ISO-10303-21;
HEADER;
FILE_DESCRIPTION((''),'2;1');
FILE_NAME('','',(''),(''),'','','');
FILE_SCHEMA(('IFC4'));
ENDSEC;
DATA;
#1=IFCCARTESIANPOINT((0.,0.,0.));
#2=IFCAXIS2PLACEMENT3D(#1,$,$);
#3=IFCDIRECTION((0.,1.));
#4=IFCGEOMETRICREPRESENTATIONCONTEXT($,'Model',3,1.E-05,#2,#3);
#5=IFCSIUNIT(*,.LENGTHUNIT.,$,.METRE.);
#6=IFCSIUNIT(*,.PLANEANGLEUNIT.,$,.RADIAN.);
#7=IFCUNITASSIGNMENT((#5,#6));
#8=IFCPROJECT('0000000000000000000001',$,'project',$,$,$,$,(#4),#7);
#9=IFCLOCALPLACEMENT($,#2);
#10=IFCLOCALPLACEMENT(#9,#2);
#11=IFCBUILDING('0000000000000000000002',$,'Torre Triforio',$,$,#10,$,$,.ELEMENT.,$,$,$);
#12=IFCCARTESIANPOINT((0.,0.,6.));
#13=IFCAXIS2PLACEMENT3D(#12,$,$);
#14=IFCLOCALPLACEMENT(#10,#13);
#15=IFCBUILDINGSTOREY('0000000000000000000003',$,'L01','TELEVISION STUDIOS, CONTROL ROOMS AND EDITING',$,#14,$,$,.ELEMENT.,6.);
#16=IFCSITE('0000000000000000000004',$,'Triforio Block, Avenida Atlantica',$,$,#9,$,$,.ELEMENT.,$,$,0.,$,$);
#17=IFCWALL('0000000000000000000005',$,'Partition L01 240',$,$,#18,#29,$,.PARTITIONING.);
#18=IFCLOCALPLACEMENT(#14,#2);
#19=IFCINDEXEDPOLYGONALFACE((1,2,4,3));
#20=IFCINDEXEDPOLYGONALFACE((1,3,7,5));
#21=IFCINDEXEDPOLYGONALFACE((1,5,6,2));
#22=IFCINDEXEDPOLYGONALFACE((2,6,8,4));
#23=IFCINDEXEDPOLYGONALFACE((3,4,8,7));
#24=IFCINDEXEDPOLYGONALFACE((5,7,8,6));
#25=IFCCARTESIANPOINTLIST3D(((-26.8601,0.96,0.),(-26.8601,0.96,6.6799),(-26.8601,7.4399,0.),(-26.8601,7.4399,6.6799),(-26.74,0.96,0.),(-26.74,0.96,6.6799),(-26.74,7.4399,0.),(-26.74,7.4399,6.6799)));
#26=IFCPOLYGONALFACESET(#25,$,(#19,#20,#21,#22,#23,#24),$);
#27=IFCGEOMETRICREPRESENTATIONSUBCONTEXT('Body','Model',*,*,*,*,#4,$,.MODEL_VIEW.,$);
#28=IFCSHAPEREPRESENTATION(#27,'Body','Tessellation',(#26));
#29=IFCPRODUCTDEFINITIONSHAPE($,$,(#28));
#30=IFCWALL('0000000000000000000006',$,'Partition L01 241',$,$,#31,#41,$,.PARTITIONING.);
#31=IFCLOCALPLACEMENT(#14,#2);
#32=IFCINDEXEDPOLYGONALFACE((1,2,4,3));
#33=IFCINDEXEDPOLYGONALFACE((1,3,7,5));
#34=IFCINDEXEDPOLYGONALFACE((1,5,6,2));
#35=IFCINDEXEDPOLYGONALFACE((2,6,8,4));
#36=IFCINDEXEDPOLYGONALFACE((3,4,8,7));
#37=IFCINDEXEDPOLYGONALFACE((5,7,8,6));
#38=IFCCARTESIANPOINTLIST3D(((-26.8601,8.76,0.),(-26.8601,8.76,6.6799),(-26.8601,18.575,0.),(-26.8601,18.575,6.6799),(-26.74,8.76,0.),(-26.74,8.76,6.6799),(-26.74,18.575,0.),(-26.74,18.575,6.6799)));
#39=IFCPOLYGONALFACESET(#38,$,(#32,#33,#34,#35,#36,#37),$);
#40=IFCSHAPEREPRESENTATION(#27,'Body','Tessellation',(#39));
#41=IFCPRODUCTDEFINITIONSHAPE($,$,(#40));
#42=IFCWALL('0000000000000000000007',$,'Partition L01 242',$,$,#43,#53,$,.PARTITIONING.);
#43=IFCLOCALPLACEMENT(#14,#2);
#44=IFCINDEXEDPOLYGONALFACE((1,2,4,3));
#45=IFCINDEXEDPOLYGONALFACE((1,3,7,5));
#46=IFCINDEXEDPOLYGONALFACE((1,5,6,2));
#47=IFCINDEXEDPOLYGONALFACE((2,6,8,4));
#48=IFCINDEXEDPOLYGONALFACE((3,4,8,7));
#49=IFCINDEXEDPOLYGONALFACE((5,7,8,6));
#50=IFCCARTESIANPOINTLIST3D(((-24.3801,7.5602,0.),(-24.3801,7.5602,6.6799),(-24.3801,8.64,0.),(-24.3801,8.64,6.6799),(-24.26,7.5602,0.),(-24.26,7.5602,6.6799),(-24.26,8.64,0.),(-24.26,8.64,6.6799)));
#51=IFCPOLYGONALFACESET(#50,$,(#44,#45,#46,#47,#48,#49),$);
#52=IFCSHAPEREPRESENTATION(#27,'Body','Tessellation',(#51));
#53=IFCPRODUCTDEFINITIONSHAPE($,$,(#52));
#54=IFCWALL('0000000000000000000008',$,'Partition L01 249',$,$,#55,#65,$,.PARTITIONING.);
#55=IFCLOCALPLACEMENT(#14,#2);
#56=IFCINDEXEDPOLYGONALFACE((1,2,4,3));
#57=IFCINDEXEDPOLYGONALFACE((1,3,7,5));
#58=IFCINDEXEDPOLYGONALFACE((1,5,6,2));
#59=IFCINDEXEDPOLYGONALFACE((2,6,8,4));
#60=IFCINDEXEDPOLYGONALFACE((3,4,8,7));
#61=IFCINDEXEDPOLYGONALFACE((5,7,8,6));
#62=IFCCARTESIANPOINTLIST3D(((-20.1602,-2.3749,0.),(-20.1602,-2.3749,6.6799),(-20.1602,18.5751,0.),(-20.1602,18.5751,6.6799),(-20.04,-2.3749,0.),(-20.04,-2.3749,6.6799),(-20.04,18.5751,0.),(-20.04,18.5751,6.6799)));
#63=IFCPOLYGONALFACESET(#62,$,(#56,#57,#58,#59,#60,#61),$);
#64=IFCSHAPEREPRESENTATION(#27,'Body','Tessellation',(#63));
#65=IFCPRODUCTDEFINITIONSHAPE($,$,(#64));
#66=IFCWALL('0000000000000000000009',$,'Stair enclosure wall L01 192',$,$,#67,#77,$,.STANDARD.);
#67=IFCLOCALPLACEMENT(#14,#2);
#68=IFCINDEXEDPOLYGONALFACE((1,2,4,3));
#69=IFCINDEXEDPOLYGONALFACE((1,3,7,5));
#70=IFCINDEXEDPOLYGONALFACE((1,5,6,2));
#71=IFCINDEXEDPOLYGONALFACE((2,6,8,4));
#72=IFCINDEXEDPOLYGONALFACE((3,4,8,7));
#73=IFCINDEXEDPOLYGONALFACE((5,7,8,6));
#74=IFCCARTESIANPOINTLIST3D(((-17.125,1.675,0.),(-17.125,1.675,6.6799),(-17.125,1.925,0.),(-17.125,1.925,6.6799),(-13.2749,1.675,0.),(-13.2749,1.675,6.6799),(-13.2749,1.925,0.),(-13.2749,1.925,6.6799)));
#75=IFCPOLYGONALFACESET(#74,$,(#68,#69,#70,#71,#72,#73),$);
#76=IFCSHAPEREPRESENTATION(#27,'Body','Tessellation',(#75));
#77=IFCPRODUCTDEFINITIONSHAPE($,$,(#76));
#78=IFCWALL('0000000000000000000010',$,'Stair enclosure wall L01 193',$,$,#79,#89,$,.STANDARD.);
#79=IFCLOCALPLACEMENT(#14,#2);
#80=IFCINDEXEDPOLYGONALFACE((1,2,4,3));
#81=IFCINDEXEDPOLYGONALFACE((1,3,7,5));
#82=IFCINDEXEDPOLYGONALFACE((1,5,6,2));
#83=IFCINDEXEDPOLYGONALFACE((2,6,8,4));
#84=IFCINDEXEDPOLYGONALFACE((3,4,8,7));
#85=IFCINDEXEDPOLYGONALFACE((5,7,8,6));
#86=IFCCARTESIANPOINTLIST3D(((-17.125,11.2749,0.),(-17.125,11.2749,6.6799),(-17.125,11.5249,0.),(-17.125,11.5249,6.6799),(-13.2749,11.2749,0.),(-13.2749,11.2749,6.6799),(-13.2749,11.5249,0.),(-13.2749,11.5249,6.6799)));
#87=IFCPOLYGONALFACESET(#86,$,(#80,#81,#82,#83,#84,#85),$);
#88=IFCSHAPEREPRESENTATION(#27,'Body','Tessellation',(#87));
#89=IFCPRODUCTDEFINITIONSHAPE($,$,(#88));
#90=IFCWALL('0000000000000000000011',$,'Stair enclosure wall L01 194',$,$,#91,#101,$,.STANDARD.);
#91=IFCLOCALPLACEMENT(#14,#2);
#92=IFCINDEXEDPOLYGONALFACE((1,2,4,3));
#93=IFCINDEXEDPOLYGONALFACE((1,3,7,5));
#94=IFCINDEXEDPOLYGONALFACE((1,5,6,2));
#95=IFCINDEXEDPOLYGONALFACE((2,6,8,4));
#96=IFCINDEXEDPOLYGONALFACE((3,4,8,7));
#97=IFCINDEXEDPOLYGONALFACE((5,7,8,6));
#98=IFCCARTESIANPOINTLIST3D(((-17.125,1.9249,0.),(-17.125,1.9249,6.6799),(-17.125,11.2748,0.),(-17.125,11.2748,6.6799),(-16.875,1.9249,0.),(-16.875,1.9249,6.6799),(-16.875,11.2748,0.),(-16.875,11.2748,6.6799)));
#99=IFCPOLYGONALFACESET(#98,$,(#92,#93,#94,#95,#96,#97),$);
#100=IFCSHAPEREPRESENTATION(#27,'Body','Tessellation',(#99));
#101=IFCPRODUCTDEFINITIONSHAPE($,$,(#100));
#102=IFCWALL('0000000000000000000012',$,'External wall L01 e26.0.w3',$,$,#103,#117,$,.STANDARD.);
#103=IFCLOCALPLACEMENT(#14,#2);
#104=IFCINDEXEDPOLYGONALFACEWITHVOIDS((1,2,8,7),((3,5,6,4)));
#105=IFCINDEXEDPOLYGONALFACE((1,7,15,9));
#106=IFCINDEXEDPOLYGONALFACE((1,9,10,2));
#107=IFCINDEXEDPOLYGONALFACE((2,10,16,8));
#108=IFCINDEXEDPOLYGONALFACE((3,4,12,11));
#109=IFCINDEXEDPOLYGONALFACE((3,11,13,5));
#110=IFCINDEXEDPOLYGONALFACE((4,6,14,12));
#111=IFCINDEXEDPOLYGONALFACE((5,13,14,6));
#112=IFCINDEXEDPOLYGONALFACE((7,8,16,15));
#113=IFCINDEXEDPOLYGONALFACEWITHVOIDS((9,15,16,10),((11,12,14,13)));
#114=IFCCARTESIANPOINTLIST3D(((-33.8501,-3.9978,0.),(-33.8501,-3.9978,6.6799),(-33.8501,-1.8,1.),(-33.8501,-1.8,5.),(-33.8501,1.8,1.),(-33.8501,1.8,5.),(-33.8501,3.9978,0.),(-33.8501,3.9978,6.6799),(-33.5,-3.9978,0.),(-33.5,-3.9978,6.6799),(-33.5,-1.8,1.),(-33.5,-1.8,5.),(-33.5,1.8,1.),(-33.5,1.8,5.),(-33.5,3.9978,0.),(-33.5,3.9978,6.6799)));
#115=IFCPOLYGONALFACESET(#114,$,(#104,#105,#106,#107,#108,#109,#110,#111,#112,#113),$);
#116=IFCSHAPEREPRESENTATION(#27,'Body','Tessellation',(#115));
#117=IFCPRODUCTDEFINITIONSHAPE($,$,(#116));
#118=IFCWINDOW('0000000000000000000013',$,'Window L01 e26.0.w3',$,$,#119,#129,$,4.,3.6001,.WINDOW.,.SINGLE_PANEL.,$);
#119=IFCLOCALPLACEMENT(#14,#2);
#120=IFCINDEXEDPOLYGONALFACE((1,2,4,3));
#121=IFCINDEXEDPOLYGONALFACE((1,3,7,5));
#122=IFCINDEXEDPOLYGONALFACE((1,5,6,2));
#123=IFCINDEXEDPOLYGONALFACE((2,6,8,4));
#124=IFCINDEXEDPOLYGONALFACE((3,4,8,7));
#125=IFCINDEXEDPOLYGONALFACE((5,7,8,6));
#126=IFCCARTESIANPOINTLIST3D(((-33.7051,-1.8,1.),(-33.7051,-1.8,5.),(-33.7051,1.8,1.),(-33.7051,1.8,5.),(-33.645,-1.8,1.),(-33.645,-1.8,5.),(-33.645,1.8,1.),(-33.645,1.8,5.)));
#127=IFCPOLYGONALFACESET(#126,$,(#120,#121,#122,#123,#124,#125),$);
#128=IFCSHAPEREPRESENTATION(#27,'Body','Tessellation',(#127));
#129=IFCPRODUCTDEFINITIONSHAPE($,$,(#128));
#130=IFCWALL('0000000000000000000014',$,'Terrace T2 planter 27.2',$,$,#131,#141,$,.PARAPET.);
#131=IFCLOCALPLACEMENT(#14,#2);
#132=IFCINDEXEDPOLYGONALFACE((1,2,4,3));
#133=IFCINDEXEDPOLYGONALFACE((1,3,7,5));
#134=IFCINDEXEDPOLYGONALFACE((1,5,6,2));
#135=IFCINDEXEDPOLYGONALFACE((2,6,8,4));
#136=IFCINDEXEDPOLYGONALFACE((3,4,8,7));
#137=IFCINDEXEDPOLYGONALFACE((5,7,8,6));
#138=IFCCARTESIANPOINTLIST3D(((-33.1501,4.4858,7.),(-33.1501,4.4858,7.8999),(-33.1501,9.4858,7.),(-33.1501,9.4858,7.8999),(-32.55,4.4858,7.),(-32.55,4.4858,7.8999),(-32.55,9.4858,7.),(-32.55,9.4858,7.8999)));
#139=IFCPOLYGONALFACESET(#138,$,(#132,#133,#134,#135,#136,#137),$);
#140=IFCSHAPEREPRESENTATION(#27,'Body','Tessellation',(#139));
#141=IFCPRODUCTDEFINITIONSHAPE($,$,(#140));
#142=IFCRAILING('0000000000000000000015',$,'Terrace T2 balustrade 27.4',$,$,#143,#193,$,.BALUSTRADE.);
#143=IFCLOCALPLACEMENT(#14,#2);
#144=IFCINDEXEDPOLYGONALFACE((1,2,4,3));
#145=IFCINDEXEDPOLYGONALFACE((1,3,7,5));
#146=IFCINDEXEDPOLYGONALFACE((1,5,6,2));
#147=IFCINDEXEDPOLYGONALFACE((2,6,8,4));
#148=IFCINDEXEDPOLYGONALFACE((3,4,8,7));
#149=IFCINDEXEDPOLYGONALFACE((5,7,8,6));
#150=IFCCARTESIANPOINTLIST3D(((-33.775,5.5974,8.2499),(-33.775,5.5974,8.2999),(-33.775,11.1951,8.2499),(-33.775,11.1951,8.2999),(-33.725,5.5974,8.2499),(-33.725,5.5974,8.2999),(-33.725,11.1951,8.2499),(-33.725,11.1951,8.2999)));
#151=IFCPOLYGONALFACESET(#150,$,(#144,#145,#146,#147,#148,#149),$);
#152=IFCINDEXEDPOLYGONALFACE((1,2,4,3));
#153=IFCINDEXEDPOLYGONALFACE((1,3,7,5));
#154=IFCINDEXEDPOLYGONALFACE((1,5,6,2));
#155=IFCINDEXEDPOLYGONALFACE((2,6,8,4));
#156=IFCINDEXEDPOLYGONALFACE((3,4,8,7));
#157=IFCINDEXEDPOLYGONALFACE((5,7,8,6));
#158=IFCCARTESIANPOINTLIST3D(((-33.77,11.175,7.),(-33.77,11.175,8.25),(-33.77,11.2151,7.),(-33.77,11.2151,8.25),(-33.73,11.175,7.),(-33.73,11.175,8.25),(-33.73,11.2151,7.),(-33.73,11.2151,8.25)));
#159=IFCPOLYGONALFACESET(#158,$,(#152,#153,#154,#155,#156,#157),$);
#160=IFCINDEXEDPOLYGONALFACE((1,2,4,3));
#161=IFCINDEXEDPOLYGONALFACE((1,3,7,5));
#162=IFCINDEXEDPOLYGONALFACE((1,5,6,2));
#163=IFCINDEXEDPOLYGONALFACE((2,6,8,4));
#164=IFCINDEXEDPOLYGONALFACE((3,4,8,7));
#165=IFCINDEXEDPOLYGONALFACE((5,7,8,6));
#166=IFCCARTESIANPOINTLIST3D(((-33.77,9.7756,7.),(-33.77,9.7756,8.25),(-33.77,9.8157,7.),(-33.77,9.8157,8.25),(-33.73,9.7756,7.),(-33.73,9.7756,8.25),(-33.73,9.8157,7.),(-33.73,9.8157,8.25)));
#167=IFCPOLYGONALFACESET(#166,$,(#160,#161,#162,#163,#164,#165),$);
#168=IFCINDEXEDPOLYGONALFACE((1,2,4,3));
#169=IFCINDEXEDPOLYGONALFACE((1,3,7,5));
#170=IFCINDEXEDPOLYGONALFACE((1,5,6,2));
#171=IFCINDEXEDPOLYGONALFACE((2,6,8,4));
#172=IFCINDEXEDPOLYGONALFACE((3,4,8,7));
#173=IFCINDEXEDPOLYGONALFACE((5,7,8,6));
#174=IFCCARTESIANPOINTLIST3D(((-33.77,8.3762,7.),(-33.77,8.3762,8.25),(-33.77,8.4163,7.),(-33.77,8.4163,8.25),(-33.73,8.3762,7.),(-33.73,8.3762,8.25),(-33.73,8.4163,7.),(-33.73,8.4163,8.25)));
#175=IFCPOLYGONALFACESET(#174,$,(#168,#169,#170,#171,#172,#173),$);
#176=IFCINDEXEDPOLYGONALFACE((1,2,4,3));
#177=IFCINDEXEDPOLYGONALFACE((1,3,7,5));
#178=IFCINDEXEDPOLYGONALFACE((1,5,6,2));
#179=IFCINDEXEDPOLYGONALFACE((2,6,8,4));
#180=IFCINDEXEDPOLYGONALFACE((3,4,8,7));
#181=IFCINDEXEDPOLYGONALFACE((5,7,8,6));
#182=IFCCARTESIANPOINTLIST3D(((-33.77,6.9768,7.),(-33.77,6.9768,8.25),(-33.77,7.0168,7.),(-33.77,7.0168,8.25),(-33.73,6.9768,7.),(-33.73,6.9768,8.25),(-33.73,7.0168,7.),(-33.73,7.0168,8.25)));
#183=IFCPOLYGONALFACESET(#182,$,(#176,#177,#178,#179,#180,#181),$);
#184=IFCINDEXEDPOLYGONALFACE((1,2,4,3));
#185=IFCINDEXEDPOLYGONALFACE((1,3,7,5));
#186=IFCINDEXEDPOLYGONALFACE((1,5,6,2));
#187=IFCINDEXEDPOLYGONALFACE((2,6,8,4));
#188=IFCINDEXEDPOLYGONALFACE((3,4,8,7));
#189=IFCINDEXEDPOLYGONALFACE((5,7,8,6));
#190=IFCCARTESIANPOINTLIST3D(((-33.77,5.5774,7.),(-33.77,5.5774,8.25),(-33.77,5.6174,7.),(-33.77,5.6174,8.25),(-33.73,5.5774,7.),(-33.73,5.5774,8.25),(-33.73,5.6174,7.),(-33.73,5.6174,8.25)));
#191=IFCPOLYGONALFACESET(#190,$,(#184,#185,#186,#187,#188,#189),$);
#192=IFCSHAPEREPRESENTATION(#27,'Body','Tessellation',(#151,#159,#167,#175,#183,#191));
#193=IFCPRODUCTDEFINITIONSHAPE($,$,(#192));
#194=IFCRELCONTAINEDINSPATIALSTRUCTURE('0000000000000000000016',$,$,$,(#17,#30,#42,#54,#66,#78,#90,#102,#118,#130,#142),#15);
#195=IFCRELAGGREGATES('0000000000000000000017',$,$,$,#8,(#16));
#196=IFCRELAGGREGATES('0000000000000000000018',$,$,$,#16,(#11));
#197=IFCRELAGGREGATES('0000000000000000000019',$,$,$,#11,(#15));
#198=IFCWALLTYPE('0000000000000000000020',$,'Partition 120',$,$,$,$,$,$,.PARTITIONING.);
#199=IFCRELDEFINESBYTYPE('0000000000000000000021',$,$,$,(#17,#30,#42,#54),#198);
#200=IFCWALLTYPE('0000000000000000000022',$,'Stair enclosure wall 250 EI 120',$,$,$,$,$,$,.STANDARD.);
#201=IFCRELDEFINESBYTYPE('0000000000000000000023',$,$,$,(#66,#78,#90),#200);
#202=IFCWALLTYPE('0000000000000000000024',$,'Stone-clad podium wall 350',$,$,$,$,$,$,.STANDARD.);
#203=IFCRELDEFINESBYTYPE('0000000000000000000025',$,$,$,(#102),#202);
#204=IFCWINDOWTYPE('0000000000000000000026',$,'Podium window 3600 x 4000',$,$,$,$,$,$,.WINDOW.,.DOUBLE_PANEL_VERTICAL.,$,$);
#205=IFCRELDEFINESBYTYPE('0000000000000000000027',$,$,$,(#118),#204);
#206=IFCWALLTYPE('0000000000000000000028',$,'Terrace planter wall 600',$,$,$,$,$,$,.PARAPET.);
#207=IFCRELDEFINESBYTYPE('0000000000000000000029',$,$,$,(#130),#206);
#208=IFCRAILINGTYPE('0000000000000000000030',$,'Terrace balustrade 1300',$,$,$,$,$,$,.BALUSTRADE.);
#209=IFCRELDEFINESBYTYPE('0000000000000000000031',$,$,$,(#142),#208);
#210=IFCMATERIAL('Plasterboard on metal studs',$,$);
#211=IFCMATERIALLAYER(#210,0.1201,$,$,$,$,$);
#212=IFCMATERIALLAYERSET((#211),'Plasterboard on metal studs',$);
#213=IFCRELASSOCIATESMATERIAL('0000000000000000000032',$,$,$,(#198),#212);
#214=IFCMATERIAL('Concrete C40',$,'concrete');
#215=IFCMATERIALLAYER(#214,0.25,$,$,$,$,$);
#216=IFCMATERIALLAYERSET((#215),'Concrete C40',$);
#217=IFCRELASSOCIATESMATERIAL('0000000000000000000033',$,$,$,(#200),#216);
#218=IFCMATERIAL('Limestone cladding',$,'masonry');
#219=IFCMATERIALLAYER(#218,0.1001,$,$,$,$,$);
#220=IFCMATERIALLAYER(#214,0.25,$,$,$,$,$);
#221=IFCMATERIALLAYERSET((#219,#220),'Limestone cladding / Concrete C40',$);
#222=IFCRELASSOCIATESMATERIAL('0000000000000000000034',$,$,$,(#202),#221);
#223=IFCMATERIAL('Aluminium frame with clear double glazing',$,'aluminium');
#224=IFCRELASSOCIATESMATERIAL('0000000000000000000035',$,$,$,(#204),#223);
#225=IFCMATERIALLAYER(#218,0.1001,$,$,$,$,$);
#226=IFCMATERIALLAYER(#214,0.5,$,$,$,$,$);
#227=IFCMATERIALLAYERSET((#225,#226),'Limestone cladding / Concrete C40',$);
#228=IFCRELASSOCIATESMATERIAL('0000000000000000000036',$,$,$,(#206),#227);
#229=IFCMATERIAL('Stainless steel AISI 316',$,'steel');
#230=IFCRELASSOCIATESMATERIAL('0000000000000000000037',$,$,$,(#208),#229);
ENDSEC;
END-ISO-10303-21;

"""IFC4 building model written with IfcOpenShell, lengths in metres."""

from ifc_helpers import new_model, si_unit, direction, frame, frame_2d, origin, origin_2d, place, context, subcontext, project, spatial, rectangle, extrude, material, layer, layer_set, type_object, element, fill, save


model = new_model("IFC4")

# Units and contexts
model_context = context("Model", 3, precision=1e-05, world=origin(), true_north=direction((0.0, 1.0)))
body_context = subcontext(model_context, "Body", "Model", "MODEL_VIEW")
ifc_project = project(units=[si_unit("LENGTHUNIT", "METRE"), si_unit("PLANEANGLEUNIT", "RADIAN")], contexts=[model_context])

# Site, building, storey
site_placement = place(None, origin())
site = spatial("IfcSite", under=ifc_project, at=site_placement, Name="Triforio Block, Avenida Atlantica", CompositionType="ELEMENT", RefElevation=0.0)
building_placement = place(site_placement, origin())
building = spatial("IfcBuilding", under=site, at=building_placement, Name="Torre Triforio", CompositionType="ELEMENT")
storey_placement = place(building_placement, frame((0.0, 0.0, 6.0)))
storey = spatial("IfcBuildingStorey", under=building, at=storey_placement, Name="L01", Description="TELEVISION STUDIOS, CONTROL ROOMS AND EDITING", CompositionType="ELEMENT", Elevation=6.0)

# Walls
ifc_material_1 = material(Name="Plasterboard on metal studs")
ifc_layer_1 = layer(ifc_material_1, 0.1201)
ifc_layer_set_1 = layer_set([ifc_layer_1], Name="Plasterboard on metal studs")
wall_type_1 = type_object("IfcWallType", Name="Partition 120", PredefinedType="PARTITIONING", material=ifc_layer_set_1)
wall_1_placement = place(storey_placement, frame((-26.8, 0.96, 0.0), z_axis=(0.0, 0.0, 1.0), x_axis=(0.0, 1.0, 0.0)))
element("IfcWall", 1, at=wall_1_placement, inside=storey, type_object=wall_type_1, Name="Partition L01 240", PredefinedType="PARTITIONING", context=body_context, shape_type="SweptSolid", body=[
    extrude(rectangle(XDim=6.48, YDim=0.1201, at=frame_2d((3.24, 0.0))), origin(), (0.0, 0.0, 1.0), 6.6799),
])
wall_2_placement = place(storey_placement, frame((-26.8, 8.76, 0.0), z_axis=(0.0, 0.0, 1.0), x_axis=(0.0, 1.0, 0.0)))
element("IfcWall", 2, at=wall_2_placement, inside=storey, type_object=wall_type_1, Name="Partition L01 241", PredefinedType="PARTITIONING", context=body_context, shape_type="SweptSolid", body=[
    extrude(rectangle(XDim=9.8149, YDim=0.1201, at=frame_2d((4.9075, 0.0))), origin(), (0.0, 0.0, 1.0), 6.6799),
])
wall_3_placement = place(storey_placement, frame((-24.3201, 7.5601, 0.0), z_axis=(0.0, 0.0, 1.0), x_axis=(0.0, 1.0, 0.0)))
element("IfcWall", 3, at=wall_3_placement, inside=storey, type_object=wall_type_1, Name="Partition L01 242", PredefinedType="PARTITIONING", context=body_context, shape_type="SweptSolid", body=[
    extrude(rectangle(XDim=1.0798, YDim=0.1201, at=frame_2d((0.54, 0.0))), origin(), (0.0, 0.0, 1.0), 6.6799),
])
wall_4_placement = place(storey_placement, frame((-20.1001, -2.375, 0.0), z_axis=(0.0, 0.0, 1.0), x_axis=(0.0, 1.0, 0.0)))
element("IfcWall", 4, at=wall_4_placement, inside=storey, type_object=wall_type_1, Name="Partition L01 249", PredefinedType="PARTITIONING", context=body_context, shape_type="SweptSolid", body=[
    extrude(rectangle(XDim=20.95, YDim=0.1201, at=frame_2d((10.4751, 0.0))), origin(), (0.0, 0.0, 1.0), 6.6799),
])
ifc_material_2 = material(Name="Concrete C40", Category="concrete")
ifc_layer_2 = layer(ifc_material_2, 0.25)
ifc_layer_set_2 = layer_set([ifc_layer_2], Name="Concrete C40")
wall_type_2 = type_object("IfcWallType", Name="Stair enclosure wall 250 EI 120", PredefinedType="STANDARD", material=ifc_layer_set_2)
for number, where, z_axis, x_axis, name in (
    (5, (-17.125, 1.8, 0.0), (0.0, 0.0, 1.0), (1.0, 0.0, 0.0), "Stair enclosure wall L01 192"),
    (6, (-17.125, 11.3999, 0.0), (0.0, 0.0, 1.0), (1.0, 0.0, 0.0), "Stair enclosure wall L01 193"),
):
    element("IfcWall", number, at=place(storey_placement, frame(where, z_axis=z_axis, x_axis=x_axis)), inside=storey, type_object=wall_type_2, Name=name, PredefinedType="STANDARD", context=body_context, shape_type="SweptSolid", body=[
        extrude(rectangle(XDim=3.8501, YDim=0.25, at=frame_2d((1.925, 0.0))), origin(), (0.0, 0.0, 1.0), 6.6799),
    ])
wall_5_placement = place(storey_placement, frame((-17.0, 1.925, 0.0), z_axis=(0.0, 0.0, 1.0), x_axis=(0.0, 1.0, 0.0)))
element("IfcWall", 7, at=wall_5_placement, inside=storey, type_object=wall_type_2, Name="Stair enclosure wall L01 194", PredefinedType="STANDARD", context=body_context, shape_type="SweptSolid", body=[
    extrude(rectangle(XDim=9.3499, YDim=0.25, at=frame_2d((4.6748, 0.0))), origin(), (0.0, 0.0, 1.0), 6.6799),
])

# Wall, opening, window
ifc_material_3 = material(Name="Limestone cladding", Category="masonry")
ifc_layer_3 = layer(ifc_material_3, 0.1001)
ifc_layer_4 = layer(ifc_material_2, 0.25)
ifc_layer_set_3 = layer_set([ifc_layer_3, ifc_layer_4], Name="Limestone cladding / Concrete C40")
wall_type_3 = type_object("IfcWallType", Name="Stone-clad podium wall 350", PredefinedType="STANDARD", material=ifc_layer_set_3)
wall_6_placement = place(storey_placement, frame((-33.675, 3.9978, 0.0), z_axis=(0.0, 0.0, 1.0), x_axis=(0.0, -1.0, 0.0)))
wall_6 = element("IfcWall", 8, at=wall_6_placement, inside=storey, type_object=wall_type_3, Name="External wall L01 e26.0.w3", PredefinedType="STANDARD", context=body_context, shape_type="SweptSolid", body=[
    extrude(rectangle(XDim=7.9956, YDim=0.3501, at=frame_2d((3.9978, 0.0))), origin(), (0.0, 0.0, 1.0), 6.6799),
])
opening_placement = place(wall_6_placement, frame((2.1978, 0.0, 1.0)))
opening = element("IfcOpeningElement", 9, at=opening_placement, cuts=wall_6, PredefinedType="OPENING", context=body_context, shape_type="SweptSolid", body=[
    extrude(rectangle(XDim=3.6001, YDim=4.0, at=frame_2d((1.8, 2.0))), frame((0.0, 0.1851, 0.0), z_axis=(0.0, -1.0, 0.0), x_axis=(1.0, 0.0, 0.0)), (0.0, 0.0, 1.0), 0.3701),
])
ifc_material_4 = material(Name="Aluminium frame with clear double glazing", Category="aluminium")
window_type = type_object("IfcWindowType", Name="Podium window 3600 x 4000", PartitioningType="DOUBLE_PANEL_VERTICAL", PredefinedType="WINDOW", material=ifc_material_4)
window_placement = place(opening_placement, origin())
window = element("IfcWindow", 10, at=window_placement, inside=storey, type_object=window_type, Name="Window L01 e26.0.w3", OverallHeight=4.0, OverallWidth=3.6001, PartitioningType="SINGLE_PANEL", PredefinedType="WINDOW", context=body_context, shape_type="SweptSolid", body=[
    extrude(rectangle(XDim=3.6001, YDim=4.0, at=frame_2d((1.8, 2.0))), frame((0.0, 0.03, 0.0), z_axis=(0.0, -1.0, 0.0), x_axis=(1.0, 0.0, 0.0)), (0.0, 0.0, 1.0), 0.0601),
])
fill(opening, window)

# Wall
ifc_layer_5 = layer(ifc_material_3, 0.1001)
ifc_layer_6 = layer(ifc_material_2, 0.5)
ifc_layer_set_4 = layer_set([ifc_layer_5, ifc_layer_6], Name="Limestone cladding / Concrete C40")
wall_type_4 = type_object("IfcWallType", Name="Terrace planter wall 600", PredefinedType="PARAPET", material=ifc_layer_set_4)
wall_7_placement = place(storey_placement, frame((-32.8501, 9.4858, 7.0), z_axis=(0.0, 0.0, 1.0), x_axis=(0.0, -1.0, 0.0)))
element("IfcWall", 11, at=wall_7_placement, inside=storey, type_object=wall_type_4, Name="Terrace T2 planter 27.2", PredefinedType="PARAPET", context=body_context, shape_type="SweptSolid", body=[
    extrude(rectangle(XDim=5.0, YDim=0.6001, at=frame_2d((2.5, 0.0))), origin(), (0.0, 0.0, 1.0), 0.8999),
])

# Railing
ifc_material_5 = material(Name="Stainless steel AISI 316", Category="steel")
railing_type = type_object("IfcRailingType", Name="Terrace balustrade 1300", PredefinedType="BALUSTRADE", material=ifc_material_5)
railing_placement = place(storey_placement, frame((-33.75, 11.1951, 7.0)))
element("IfcRailing", 12, at=railing_placement, inside=storey, type_object=railing_type, Name="Terrace T2 balustrade 27.4", PredefinedType="BALUSTRADE", context=body_context, shape_type="SweptSolid", body=[
    extrude(rectangle(XDim=0.05, YDim=0.05, at=origin_2d()), frame((0.0, 0.0, 1.2749), z_axis=(0.0, -1.0, 0.0), x_axis=(1.0, 0.0, 0.0)), (0.0, 0.0, 1.0), 5.5977),
    extrude(rectangle(XDim=0.04, YDim=0.04, at=origin_2d()), origin(), (0.0, 0.0, 1.0), 1.25),
    extrude(rectangle(XDim=0.04, YDim=0.04, at=origin_2d()), frame((0.0, -1.3994, 0.0)), (0.0, 0.0, 1.0), 1.25),
    extrude(rectangle(XDim=0.04, YDim=0.04, at=origin_2d()), frame((0.0, -2.7988, 0.0)), (0.0, 0.0, 1.0), 1.25),
    extrude(rectangle(XDim=0.04, YDim=0.04, at=origin_2d()), frame((0.0, -4.1982, 0.0)), (0.0, 0.0, 1.0), 1.25),
    extrude(rectangle(XDim=0.04, YDim=0.04, at=origin_2d()), frame((0.0, -5.5977, 0.0)), (0.0, 0.0, 1.0), 1.25),
])

save(model, "model.ifc")
